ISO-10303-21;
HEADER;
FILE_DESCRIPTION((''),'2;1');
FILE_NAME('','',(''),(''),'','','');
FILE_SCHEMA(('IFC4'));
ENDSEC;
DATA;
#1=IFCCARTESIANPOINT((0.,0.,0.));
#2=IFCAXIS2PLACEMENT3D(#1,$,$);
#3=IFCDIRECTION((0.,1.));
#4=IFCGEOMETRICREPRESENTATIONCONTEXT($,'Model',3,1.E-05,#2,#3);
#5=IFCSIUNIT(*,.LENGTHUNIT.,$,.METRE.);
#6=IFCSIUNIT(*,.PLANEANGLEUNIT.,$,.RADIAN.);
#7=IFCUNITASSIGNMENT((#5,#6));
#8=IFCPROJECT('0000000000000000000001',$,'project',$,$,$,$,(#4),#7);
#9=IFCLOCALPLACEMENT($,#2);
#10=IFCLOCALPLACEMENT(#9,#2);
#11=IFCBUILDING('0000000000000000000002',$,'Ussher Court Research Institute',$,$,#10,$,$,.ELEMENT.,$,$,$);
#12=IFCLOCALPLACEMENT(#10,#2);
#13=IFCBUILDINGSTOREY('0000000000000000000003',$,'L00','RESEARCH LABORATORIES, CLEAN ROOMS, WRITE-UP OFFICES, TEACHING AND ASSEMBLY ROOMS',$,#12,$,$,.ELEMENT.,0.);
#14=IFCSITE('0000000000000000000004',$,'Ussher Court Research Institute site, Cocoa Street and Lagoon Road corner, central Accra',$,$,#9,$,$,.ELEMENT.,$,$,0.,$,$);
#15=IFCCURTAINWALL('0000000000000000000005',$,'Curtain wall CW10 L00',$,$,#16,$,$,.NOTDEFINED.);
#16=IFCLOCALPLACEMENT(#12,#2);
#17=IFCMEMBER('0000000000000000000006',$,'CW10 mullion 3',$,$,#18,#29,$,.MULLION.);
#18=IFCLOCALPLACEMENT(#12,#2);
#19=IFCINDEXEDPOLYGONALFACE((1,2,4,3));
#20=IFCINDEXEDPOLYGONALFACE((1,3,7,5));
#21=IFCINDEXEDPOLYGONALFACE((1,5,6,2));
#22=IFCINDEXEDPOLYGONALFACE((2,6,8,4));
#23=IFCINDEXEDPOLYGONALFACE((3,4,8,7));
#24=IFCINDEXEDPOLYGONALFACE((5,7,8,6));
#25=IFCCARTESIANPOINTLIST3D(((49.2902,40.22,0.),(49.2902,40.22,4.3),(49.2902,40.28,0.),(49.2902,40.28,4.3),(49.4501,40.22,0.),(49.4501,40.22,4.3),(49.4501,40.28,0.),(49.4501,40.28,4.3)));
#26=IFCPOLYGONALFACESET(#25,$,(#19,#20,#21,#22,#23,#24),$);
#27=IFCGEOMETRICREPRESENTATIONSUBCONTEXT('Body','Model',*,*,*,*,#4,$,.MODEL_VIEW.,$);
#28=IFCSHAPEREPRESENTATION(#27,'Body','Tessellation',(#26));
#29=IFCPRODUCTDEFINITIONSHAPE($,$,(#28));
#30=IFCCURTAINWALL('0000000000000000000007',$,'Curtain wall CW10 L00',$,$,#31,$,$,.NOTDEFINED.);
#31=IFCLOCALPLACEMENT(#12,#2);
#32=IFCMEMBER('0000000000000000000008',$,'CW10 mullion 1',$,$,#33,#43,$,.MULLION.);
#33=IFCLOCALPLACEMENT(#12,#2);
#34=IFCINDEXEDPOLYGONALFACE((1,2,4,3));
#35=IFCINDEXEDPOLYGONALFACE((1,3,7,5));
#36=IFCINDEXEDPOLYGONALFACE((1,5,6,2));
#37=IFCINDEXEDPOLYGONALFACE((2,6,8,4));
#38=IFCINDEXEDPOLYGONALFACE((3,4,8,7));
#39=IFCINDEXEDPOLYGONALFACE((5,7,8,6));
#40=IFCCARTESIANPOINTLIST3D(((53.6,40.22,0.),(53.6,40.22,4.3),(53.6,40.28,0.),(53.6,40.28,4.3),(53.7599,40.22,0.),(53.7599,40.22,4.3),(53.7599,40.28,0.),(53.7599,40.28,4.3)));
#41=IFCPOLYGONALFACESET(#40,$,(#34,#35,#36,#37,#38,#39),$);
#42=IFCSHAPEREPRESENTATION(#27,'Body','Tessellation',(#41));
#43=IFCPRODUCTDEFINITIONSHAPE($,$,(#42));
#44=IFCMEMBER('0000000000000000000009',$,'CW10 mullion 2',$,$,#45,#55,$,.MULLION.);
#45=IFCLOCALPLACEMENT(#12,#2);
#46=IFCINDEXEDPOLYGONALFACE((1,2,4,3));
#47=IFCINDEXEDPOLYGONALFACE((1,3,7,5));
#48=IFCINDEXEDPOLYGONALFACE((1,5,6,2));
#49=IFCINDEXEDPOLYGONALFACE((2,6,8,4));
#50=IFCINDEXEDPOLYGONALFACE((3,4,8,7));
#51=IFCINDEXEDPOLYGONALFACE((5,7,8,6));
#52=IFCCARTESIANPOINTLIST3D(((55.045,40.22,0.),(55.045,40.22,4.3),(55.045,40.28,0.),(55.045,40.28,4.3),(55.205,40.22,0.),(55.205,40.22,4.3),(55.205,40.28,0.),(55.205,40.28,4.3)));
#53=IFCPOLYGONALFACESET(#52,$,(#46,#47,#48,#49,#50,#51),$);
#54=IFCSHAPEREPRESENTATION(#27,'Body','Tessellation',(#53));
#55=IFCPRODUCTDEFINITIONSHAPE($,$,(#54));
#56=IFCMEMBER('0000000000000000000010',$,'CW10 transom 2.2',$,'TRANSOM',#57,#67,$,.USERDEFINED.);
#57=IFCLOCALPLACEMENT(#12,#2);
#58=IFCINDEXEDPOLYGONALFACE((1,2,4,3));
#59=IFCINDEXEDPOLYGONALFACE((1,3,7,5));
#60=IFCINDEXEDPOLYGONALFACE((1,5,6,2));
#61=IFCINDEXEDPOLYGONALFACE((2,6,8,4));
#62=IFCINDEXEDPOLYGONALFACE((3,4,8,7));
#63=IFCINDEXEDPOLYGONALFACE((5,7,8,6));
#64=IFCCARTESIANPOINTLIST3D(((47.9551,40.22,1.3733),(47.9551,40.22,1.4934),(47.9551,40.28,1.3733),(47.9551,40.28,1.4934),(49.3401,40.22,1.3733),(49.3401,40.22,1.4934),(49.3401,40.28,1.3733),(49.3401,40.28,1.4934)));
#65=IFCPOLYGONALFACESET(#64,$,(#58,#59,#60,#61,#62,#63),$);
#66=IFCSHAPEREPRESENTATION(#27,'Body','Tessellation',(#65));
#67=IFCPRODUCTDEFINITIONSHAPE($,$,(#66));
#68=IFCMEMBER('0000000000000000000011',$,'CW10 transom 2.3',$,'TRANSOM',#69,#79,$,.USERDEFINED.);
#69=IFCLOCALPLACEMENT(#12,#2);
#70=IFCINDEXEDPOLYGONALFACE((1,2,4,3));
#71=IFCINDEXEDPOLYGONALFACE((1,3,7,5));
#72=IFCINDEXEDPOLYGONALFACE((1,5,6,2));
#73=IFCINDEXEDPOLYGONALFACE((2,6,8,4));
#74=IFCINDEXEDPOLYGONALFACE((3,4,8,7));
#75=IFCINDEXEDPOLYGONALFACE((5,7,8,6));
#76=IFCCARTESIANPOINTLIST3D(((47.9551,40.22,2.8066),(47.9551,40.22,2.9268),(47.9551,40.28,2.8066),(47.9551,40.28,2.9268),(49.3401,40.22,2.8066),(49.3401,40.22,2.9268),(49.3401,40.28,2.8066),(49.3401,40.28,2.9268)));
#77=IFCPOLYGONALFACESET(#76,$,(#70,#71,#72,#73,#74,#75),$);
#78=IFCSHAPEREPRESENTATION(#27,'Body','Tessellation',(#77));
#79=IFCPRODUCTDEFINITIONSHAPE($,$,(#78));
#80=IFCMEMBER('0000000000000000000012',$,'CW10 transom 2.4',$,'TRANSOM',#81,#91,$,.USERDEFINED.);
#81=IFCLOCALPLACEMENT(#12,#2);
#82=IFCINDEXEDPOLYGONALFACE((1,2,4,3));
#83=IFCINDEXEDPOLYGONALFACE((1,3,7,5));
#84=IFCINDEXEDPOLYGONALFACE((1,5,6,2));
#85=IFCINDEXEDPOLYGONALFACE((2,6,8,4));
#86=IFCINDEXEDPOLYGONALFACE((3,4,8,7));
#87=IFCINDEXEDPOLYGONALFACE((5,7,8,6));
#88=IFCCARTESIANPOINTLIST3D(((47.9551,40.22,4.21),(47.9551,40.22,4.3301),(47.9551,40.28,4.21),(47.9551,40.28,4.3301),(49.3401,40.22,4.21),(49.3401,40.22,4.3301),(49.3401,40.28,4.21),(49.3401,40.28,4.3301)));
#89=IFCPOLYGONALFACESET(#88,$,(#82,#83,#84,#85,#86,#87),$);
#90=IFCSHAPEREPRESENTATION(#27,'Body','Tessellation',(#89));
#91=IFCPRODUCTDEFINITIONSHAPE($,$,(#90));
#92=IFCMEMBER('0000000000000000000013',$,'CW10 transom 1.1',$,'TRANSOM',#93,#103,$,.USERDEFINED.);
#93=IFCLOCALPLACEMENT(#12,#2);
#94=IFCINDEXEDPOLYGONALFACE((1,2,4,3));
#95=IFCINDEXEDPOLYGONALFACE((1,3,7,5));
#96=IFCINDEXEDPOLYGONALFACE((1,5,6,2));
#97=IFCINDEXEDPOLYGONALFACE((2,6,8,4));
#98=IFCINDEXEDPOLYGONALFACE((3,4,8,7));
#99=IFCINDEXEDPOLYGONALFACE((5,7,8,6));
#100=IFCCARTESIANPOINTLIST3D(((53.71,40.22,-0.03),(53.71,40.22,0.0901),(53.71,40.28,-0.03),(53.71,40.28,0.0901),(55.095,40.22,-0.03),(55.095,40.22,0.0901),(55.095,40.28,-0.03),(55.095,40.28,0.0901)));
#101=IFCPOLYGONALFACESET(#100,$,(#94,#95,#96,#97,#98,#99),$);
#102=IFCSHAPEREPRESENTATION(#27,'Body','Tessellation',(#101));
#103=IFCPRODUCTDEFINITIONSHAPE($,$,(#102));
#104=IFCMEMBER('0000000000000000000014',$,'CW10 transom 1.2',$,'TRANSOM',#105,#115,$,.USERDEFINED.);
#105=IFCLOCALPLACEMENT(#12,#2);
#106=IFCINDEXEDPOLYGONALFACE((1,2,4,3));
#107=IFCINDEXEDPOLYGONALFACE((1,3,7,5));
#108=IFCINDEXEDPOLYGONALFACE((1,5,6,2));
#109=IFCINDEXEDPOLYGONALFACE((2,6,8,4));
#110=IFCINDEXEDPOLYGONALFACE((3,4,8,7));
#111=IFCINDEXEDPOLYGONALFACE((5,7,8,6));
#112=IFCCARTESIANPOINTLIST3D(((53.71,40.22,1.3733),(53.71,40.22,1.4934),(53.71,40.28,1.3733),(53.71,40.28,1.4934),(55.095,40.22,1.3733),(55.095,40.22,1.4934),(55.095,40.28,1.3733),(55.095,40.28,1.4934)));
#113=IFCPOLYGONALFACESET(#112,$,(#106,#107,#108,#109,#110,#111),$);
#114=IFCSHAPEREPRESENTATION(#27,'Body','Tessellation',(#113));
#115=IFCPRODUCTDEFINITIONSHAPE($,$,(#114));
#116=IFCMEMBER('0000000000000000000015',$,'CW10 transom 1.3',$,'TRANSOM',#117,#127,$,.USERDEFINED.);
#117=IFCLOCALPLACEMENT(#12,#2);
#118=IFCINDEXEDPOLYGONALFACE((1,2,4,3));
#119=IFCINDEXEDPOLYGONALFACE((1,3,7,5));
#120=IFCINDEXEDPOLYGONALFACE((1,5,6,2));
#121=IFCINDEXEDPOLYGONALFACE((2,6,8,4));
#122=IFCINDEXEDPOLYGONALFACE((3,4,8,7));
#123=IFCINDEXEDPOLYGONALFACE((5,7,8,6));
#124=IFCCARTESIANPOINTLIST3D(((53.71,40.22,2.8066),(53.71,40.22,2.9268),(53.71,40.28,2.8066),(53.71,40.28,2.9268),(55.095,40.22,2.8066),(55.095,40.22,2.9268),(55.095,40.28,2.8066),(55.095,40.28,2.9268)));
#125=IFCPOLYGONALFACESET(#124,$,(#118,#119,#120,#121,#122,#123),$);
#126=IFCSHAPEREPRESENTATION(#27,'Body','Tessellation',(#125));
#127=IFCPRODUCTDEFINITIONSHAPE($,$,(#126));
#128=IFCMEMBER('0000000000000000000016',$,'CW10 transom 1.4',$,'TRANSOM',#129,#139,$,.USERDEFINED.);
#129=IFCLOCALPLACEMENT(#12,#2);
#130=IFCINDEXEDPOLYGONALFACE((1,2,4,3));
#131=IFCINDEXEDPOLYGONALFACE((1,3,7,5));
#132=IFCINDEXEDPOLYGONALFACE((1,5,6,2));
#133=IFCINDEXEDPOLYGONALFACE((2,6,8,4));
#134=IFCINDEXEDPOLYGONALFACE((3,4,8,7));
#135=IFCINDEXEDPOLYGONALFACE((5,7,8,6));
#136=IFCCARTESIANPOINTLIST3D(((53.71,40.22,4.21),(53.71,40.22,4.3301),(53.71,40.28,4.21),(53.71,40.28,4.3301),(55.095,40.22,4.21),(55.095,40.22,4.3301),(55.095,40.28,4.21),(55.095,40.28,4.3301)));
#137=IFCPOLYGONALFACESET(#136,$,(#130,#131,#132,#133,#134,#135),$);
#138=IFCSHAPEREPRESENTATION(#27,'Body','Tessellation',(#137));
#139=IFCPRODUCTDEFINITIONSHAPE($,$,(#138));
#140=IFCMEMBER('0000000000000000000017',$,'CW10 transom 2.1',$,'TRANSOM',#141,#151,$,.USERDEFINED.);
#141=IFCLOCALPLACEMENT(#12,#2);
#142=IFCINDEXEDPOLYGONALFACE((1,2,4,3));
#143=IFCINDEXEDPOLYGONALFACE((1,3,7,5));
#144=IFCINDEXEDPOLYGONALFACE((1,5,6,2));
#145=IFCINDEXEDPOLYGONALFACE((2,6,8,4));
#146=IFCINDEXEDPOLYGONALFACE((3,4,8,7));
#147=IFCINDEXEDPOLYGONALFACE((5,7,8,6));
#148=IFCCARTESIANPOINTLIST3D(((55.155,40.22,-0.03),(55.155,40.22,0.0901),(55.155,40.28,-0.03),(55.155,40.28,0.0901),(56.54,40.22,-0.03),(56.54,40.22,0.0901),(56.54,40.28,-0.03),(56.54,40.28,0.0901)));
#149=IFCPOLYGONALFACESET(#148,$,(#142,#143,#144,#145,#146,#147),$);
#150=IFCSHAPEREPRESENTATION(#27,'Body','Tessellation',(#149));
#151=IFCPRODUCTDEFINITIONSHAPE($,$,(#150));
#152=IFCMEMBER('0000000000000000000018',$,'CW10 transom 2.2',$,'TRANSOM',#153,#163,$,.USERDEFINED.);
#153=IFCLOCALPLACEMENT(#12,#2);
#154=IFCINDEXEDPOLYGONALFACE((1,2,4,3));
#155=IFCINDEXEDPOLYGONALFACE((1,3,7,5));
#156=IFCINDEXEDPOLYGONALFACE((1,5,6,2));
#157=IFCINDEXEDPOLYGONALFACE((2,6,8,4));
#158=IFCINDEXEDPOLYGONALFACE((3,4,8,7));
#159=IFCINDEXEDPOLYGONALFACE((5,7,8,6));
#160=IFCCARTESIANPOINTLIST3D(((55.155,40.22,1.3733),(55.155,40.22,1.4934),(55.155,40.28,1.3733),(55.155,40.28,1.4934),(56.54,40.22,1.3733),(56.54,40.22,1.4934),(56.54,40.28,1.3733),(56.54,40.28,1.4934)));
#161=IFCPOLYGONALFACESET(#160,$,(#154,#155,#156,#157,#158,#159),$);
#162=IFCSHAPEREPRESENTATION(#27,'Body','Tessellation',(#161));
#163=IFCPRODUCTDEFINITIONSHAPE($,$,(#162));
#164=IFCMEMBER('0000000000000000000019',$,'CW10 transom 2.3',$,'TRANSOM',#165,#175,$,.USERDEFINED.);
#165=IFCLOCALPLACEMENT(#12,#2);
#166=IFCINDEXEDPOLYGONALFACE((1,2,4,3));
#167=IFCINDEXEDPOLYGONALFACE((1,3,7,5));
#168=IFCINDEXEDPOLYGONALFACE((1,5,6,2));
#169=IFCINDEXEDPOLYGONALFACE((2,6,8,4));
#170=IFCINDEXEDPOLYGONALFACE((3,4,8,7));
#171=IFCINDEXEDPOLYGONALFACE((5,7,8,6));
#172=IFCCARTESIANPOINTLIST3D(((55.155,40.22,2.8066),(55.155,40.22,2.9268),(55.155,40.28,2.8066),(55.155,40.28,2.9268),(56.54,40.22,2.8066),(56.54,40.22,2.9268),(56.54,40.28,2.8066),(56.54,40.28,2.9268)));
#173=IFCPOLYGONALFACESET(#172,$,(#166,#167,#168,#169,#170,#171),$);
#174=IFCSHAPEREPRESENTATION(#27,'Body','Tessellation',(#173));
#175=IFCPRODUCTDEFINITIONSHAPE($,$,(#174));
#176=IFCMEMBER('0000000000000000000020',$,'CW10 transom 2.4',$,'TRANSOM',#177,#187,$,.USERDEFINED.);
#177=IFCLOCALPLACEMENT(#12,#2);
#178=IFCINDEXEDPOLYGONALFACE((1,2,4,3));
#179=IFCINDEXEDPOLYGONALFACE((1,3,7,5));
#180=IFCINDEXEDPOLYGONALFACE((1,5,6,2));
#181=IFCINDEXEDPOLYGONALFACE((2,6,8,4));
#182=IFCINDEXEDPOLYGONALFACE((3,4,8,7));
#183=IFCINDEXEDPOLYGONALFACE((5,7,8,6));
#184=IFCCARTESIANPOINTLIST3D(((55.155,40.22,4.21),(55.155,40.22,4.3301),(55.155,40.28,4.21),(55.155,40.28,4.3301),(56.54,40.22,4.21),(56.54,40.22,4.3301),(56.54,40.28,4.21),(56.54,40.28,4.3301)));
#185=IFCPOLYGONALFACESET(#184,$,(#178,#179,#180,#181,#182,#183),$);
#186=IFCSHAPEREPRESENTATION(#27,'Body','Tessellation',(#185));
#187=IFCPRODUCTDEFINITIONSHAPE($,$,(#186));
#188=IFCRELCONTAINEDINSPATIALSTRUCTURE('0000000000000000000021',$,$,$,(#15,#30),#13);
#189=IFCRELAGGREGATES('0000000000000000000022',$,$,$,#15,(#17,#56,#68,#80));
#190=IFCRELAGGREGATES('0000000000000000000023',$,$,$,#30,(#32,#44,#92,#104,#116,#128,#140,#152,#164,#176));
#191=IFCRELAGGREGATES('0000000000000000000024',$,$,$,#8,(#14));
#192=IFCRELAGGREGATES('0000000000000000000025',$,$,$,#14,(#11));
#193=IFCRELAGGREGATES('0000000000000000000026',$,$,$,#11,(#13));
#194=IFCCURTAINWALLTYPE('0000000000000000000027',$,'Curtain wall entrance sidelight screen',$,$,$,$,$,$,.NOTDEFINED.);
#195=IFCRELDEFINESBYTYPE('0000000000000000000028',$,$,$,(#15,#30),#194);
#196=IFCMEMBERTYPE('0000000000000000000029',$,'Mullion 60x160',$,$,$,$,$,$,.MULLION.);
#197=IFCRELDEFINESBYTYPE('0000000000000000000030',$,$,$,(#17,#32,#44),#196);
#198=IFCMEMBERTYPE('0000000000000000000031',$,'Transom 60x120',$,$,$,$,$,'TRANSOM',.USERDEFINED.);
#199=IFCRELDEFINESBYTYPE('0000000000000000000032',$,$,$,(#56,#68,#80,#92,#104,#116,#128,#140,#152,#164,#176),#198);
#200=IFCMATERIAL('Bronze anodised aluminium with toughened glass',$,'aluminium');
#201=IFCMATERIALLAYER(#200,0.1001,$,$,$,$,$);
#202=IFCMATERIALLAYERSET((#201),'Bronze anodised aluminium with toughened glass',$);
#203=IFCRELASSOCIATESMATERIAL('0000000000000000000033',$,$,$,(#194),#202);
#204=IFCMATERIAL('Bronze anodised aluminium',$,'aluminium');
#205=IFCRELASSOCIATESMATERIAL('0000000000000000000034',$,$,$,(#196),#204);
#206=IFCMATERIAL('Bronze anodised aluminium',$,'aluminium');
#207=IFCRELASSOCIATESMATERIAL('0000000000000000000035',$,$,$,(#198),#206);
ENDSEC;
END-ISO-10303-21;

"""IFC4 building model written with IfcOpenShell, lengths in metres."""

from ifc_helpers import new_model, si_unit, direction, frame, origin, origin_2d, place, context, subcontext, project, spatial, rectangle, extrude, material, layer, layer_set, material_profile, profile_set, type_object, element, aggregate, save


model = new_model("IFC4")

# Units and contexts
model_context = context("Model", 3, precision=1e-05, world=origin(), true_north=direction((0.0, 1.0)))
body_context = subcontext(model_context, "Body", "Model", "MODEL_VIEW")
ifc_project = project(units=[si_unit("LENGTHUNIT", "METRE"), si_unit("PLANEANGLEUNIT", "RADIAN")], contexts=[model_context])

# Site, building, storey
site_placement = place(None, origin())
site = spatial("IfcSite", under=ifc_project, at=site_placement, Name="Ussher Court Research Institute site, Cocoa Street and Lagoon Road corner, central Accra", CompositionType="ELEMENT", RefElevation=0.0)
building_placement = place(site_placement, origin())
building = spatial("IfcBuilding", under=site, at=building_placement, Name="Ussher Court Research Institute", CompositionType="ELEMENT")
storey_placement = place(building_placement, origin())
storey = spatial("IfcBuildingStorey", under=building, at=storey_placement, Name="L00", Description="RESEARCH LABORATORIES, CLEAN ROOMS, WRITE-UP OFFICES, TEACHING AND ASSEMBLY ROOMS", CompositionType="ELEMENT", Elevation=0.0)

# Curtain wall, member
ifc_material_1 = material(Name="Bronze anodised aluminium with toughened glass", Category="aluminium")
ifc_layer_1 = layer(ifc_material_1, 0.1001)
ifc_layer_set_1 = layer_set([ifc_layer_1], Name="Bronze anodised aluminium with toughened glass")
curtain_wall_type = type_object("IfcCurtainWallType", Name="Curtain wall entrance sidelight screen", PredefinedType="NOTDEFINED", material=ifc_layer_set_1)
curtain_wall_1_placement = place(storey_placement, origin())
curtain_wall_1 = element("IfcCurtainWall", 1, at=curtain_wall_1_placement, inside=storey, type_object=curtain_wall_type, Name="Curtain wall CW10 L00", PredefinedType="NOTDEFINED")
ifc_material_2 = material(Name="Bronze anodised aluminium", Category="aluminium")
ifc_material_profile_1 = material_profile(ifc_material_2, rectangle(XDim=0.0601, YDim=0.1599, at=origin_2d()), Name="Mullion 60x160")
ifc_profile_set_1 = profile_set([ifc_material_profile_1], Name="Bronze anodised aluminium")
member_type_1 = type_object("IfcMemberType", Name="Mullion 60x160", PredefinedType="MULLION", material=ifc_profile_set_1)
member_1_placement = place(storey_placement, frame((49.3701, 40.25, 0.0), z_axis=(0.0, 0.0, 1.0), x_axis=(0.0, 1.0, 0.0)))
member_1 = element("IfcMember", 2, at=member_1_placement, type_object=member_type_1, Name="CW10 mullion 3", PredefinedType="MULLION", context=body_context, shape_type="SweptSolid", body=[
    extrude(rectangle(XDim=0.0601, YDim=0.1599, at=origin_2d()), origin(), (0.0, 0.0, 1.0), 4.3),
])

# Curtain wall, members
curtain_wall_2_placement = place(storey_placement, origin())
curtain_wall_2 = element("IfcCurtainWall", 3, at=curtain_wall_2_placement, inside=storey, type_object=curtain_wall_type, Name="Curtain wall CW10 L00", PredefinedType="NOTDEFINED")
member_2_placement = place(storey_placement, frame((53.6799, 40.25, 0.0), z_axis=(0.0, 0.0, 1.0), x_axis=(0.0, 1.0, 0.0)))
member_2 = element("IfcMember", 4, at=member_2_placement, type_object=member_type_1, Name="CW10 mullion 1", PredefinedType="MULLION", context=body_context, shape_type="SweptSolid", body=[
    extrude(rectangle(XDim=0.0601, YDim=0.1599, at=origin_2d()), origin(), (0.0, 0.0, 1.0), 4.3),
])
member_3_placement = place(storey_placement, frame((55.125, 40.25, 0.0), z_axis=(0.0, 0.0, 1.0), x_axis=(0.0, 1.0, 0.0)))
member_3 = element("IfcMember", 5, at=member_3_placement, type_object=member_type_1, Name="CW10 mullion 2", PredefinedType="MULLION", context=body_context, shape_type="SweptSolid", body=[
    extrude(rectangle(XDim=0.0601, YDim=0.1599, at=origin_2d()), origin(), (0.0, 0.0, 1.0), 4.3),
])

# Members
ifc_material_3 = material(Name="Bronze anodised aluminium", Category="aluminium")
ifc_material_profile_2 = material_profile(ifc_material_3, rectangle(XDim=0.0601, YDim=0.1201, at=origin_2d()), Name="Transom 60x120")
ifc_profile_set_2 = profile_set([ifc_material_profile_2], Name="Bronze anodised aluminium")
member_type_2 = type_object("IfcMemberType", Name="Transom 60x120", ElementType="TRANSOM", PredefinedType="USERDEFINED", material=ifc_profile_set_2)
member_4_placement = place(storey_placement, frame((47.9551, 40.25, 1.4333), z_axis=(1.0, 0.0, 0.0), x_axis=(0.0, 1.0, 0.0)))
member_4 = element("IfcMember", 6, at=member_4_placement, type_object=member_type_2, Name="CW10 transom 2.2", ObjectType="TRANSOM", PredefinedType="USERDEFINED", context=body_context, shape_type="SweptSolid", body=[
    extrude(rectangle(XDim=0.0601, YDim=0.1201, at=origin_2d()), origin(), (0.0, 0.0, 1.0), 1.385),
])
member_5_placement = place(storey_placement, frame((47.9551, 40.25, 2.8667), z_axis=(1.0, 0.0, 0.0), x_axis=(0.0, 1.0, 0.0)))
member_5 = element("IfcMember", 7, at=member_5_placement, type_object=member_type_2, Name="CW10 transom 2.3", ObjectType="TRANSOM", PredefinedType="USERDEFINED", context=body_context, shape_type="SweptSolid", body=[
    extrude(rectangle(XDim=0.0601, YDim=0.1201, at=origin_2d()), origin(), (0.0, 0.0, 1.0), 1.385),
])
member_6_placement = place(storey_placement, frame((47.9551, 40.25, 4.27), z_axis=(1.0, 0.0, 0.0), x_axis=(0.0, 1.0, 0.0)))
member_6 = element("IfcMember", 8, at=member_6_placement, type_object=member_type_2, Name="CW10 transom 2.4", ObjectType="TRANSOM", PredefinedType="USERDEFINED", context=body_context, shape_type="SweptSolid", body=[
    extrude(rectangle(XDim=0.0601, YDim=0.1201, at=origin_2d()), origin(), (0.0, 0.0, 1.0), 1.385),
])
member_7_placement = place(storey_placement, frame((53.71, 40.25, 0.03), z_axis=(1.0, 0.0, 0.0), x_axis=(0.0, 1.0, 0.0)))
member_7 = element("IfcMember", 9, at=member_7_placement, type_object=member_type_2, Name="CW10 transom 1.1", ObjectType="TRANSOM", PredefinedType="USERDEFINED", context=body_context, shape_type="SweptSolid", body=[
    extrude(rectangle(XDim=0.0601, YDim=0.1201, at=origin_2d()), origin(), (0.0, 0.0, 1.0), 1.385),
])
member_8_placement = place(storey_placement, frame((53.71, 40.25, 1.4333), z_axis=(1.0, 0.0, 0.0), x_axis=(0.0, 1.0, 0.0)))
member_8 = element("IfcMember", 10, at=member_8_placement, type_object=member_type_2, Name="CW10 transom 1.2", ObjectType="TRANSOM", PredefinedType="USERDEFINED", context=body_context, shape_type="SweptSolid", body=[
    extrude(rectangle(XDim=0.0601, YDim=0.1201, at=origin_2d()), origin(), (0.0, 0.0, 1.0), 1.385),
])
member_9_placement = place(storey_placement, frame((53.71, 40.25, 2.8667), z_axis=(1.0, 0.0, 0.0), x_axis=(0.0, 1.0, 0.0)))
member_9 = element("IfcMember", 11, at=member_9_placement, type_object=member_type_2, Name="CW10 transom 1.3", ObjectType="TRANSOM", PredefinedType="USERDEFINED", context=body_context, shape_type="SweptSolid", body=[
    extrude(rectangle(XDim=0.0601, YDim=0.1201, at=origin_2d()), origin(), (0.0, 0.0, 1.0), 1.385),
])
member_10_placement = place(storey_placement, frame((53.71, 40.25, 4.27), z_axis=(1.0, 0.0, 0.0), x_axis=(0.0, 1.0, 0.0)))
member_10 = element("IfcMember", 12, at=member_10_placement, type_object=member_type_2, Name="CW10 transom 1.4", ObjectType="TRANSOM", PredefinedType="USERDEFINED", context=body_context, shape_type="SweptSolid", body=[
    extrude(rectangle(XDim=0.0601, YDim=0.1201, at=origin_2d()), origin(), (0.0, 0.0, 1.0), 1.385),
])
member_11_placement = place(storey_placement, frame((55.155, 40.25, 0.03), z_axis=(1.0, 0.0, 0.0), x_axis=(0.0, 1.0, 0.0)))
member_11 = element("IfcMember", 13, at=member_11_placement, type_object=member_type_2, Name="CW10 transom 2.1", ObjectType="TRANSOM", PredefinedType="USERDEFINED", context=body_context, shape_type="SweptSolid", body=[
    extrude(rectangle(XDim=0.0601, YDim=0.1201, at=origin_2d()), origin(), (0.0, 0.0, 1.0), 1.385),
])
member_12_placement = place(storey_placement, frame((55.155, 40.25, 1.4333), z_axis=(1.0, 0.0, 0.0), x_axis=(0.0, 1.0, 0.0)))
member_12 = element("IfcMember", 14, at=member_12_placement, type_object=member_type_2, Name="CW10 transom 2.2", ObjectType="TRANSOM", PredefinedType="USERDEFINED", context=body_context, shape_type="SweptSolid", body=[
    extrude(rectangle(XDim=0.0601, YDim=0.1201, at=origin_2d()), origin(), (0.0, 0.0, 1.0), 1.385),
])
member_13_placement = place(storey_placement, frame((55.155, 40.25, 2.8667), z_axis=(1.0, 0.0, 0.0), x_axis=(0.0, 1.0, 0.0)))
member_13 = element("IfcMember", 15, at=member_13_placement, type_object=member_type_2, Name="CW10 transom 2.3", ObjectType="TRANSOM", PredefinedType="USERDEFINED", context=body_context, shape_type="SweptSolid", body=[
    extrude(rectangle(XDim=0.0601, YDim=0.1201, at=origin_2d()), origin(), (0.0, 0.0, 1.0), 1.385),
])
member_14_placement = place(storey_placement, frame((55.155, 40.25, 4.27), z_axis=(1.0, 0.0, 0.0), x_axis=(0.0, 1.0, 0.0)))
member_14 = element("IfcMember", 16, at=member_14_placement, type_object=member_type_2, Name="CW10 transom 2.4", ObjectType="TRANSOM", PredefinedType="USERDEFINED", context=body_context, shape_type="SweptSolid", body=[
    extrude(rectangle(XDim=0.0601, YDim=0.1201, at=origin_2d()), origin(), (0.0, 0.0, 1.0), 1.385),
])

aggregate(curtain_wall_1, [member_1, member_4, member_5, member_6])
aggregate(curtain_wall_2, [member_2, member_3, member_7, member_8, member_9, member_10, member_11, member_12, member_13, member_14])

save(model, "model.ifc")
